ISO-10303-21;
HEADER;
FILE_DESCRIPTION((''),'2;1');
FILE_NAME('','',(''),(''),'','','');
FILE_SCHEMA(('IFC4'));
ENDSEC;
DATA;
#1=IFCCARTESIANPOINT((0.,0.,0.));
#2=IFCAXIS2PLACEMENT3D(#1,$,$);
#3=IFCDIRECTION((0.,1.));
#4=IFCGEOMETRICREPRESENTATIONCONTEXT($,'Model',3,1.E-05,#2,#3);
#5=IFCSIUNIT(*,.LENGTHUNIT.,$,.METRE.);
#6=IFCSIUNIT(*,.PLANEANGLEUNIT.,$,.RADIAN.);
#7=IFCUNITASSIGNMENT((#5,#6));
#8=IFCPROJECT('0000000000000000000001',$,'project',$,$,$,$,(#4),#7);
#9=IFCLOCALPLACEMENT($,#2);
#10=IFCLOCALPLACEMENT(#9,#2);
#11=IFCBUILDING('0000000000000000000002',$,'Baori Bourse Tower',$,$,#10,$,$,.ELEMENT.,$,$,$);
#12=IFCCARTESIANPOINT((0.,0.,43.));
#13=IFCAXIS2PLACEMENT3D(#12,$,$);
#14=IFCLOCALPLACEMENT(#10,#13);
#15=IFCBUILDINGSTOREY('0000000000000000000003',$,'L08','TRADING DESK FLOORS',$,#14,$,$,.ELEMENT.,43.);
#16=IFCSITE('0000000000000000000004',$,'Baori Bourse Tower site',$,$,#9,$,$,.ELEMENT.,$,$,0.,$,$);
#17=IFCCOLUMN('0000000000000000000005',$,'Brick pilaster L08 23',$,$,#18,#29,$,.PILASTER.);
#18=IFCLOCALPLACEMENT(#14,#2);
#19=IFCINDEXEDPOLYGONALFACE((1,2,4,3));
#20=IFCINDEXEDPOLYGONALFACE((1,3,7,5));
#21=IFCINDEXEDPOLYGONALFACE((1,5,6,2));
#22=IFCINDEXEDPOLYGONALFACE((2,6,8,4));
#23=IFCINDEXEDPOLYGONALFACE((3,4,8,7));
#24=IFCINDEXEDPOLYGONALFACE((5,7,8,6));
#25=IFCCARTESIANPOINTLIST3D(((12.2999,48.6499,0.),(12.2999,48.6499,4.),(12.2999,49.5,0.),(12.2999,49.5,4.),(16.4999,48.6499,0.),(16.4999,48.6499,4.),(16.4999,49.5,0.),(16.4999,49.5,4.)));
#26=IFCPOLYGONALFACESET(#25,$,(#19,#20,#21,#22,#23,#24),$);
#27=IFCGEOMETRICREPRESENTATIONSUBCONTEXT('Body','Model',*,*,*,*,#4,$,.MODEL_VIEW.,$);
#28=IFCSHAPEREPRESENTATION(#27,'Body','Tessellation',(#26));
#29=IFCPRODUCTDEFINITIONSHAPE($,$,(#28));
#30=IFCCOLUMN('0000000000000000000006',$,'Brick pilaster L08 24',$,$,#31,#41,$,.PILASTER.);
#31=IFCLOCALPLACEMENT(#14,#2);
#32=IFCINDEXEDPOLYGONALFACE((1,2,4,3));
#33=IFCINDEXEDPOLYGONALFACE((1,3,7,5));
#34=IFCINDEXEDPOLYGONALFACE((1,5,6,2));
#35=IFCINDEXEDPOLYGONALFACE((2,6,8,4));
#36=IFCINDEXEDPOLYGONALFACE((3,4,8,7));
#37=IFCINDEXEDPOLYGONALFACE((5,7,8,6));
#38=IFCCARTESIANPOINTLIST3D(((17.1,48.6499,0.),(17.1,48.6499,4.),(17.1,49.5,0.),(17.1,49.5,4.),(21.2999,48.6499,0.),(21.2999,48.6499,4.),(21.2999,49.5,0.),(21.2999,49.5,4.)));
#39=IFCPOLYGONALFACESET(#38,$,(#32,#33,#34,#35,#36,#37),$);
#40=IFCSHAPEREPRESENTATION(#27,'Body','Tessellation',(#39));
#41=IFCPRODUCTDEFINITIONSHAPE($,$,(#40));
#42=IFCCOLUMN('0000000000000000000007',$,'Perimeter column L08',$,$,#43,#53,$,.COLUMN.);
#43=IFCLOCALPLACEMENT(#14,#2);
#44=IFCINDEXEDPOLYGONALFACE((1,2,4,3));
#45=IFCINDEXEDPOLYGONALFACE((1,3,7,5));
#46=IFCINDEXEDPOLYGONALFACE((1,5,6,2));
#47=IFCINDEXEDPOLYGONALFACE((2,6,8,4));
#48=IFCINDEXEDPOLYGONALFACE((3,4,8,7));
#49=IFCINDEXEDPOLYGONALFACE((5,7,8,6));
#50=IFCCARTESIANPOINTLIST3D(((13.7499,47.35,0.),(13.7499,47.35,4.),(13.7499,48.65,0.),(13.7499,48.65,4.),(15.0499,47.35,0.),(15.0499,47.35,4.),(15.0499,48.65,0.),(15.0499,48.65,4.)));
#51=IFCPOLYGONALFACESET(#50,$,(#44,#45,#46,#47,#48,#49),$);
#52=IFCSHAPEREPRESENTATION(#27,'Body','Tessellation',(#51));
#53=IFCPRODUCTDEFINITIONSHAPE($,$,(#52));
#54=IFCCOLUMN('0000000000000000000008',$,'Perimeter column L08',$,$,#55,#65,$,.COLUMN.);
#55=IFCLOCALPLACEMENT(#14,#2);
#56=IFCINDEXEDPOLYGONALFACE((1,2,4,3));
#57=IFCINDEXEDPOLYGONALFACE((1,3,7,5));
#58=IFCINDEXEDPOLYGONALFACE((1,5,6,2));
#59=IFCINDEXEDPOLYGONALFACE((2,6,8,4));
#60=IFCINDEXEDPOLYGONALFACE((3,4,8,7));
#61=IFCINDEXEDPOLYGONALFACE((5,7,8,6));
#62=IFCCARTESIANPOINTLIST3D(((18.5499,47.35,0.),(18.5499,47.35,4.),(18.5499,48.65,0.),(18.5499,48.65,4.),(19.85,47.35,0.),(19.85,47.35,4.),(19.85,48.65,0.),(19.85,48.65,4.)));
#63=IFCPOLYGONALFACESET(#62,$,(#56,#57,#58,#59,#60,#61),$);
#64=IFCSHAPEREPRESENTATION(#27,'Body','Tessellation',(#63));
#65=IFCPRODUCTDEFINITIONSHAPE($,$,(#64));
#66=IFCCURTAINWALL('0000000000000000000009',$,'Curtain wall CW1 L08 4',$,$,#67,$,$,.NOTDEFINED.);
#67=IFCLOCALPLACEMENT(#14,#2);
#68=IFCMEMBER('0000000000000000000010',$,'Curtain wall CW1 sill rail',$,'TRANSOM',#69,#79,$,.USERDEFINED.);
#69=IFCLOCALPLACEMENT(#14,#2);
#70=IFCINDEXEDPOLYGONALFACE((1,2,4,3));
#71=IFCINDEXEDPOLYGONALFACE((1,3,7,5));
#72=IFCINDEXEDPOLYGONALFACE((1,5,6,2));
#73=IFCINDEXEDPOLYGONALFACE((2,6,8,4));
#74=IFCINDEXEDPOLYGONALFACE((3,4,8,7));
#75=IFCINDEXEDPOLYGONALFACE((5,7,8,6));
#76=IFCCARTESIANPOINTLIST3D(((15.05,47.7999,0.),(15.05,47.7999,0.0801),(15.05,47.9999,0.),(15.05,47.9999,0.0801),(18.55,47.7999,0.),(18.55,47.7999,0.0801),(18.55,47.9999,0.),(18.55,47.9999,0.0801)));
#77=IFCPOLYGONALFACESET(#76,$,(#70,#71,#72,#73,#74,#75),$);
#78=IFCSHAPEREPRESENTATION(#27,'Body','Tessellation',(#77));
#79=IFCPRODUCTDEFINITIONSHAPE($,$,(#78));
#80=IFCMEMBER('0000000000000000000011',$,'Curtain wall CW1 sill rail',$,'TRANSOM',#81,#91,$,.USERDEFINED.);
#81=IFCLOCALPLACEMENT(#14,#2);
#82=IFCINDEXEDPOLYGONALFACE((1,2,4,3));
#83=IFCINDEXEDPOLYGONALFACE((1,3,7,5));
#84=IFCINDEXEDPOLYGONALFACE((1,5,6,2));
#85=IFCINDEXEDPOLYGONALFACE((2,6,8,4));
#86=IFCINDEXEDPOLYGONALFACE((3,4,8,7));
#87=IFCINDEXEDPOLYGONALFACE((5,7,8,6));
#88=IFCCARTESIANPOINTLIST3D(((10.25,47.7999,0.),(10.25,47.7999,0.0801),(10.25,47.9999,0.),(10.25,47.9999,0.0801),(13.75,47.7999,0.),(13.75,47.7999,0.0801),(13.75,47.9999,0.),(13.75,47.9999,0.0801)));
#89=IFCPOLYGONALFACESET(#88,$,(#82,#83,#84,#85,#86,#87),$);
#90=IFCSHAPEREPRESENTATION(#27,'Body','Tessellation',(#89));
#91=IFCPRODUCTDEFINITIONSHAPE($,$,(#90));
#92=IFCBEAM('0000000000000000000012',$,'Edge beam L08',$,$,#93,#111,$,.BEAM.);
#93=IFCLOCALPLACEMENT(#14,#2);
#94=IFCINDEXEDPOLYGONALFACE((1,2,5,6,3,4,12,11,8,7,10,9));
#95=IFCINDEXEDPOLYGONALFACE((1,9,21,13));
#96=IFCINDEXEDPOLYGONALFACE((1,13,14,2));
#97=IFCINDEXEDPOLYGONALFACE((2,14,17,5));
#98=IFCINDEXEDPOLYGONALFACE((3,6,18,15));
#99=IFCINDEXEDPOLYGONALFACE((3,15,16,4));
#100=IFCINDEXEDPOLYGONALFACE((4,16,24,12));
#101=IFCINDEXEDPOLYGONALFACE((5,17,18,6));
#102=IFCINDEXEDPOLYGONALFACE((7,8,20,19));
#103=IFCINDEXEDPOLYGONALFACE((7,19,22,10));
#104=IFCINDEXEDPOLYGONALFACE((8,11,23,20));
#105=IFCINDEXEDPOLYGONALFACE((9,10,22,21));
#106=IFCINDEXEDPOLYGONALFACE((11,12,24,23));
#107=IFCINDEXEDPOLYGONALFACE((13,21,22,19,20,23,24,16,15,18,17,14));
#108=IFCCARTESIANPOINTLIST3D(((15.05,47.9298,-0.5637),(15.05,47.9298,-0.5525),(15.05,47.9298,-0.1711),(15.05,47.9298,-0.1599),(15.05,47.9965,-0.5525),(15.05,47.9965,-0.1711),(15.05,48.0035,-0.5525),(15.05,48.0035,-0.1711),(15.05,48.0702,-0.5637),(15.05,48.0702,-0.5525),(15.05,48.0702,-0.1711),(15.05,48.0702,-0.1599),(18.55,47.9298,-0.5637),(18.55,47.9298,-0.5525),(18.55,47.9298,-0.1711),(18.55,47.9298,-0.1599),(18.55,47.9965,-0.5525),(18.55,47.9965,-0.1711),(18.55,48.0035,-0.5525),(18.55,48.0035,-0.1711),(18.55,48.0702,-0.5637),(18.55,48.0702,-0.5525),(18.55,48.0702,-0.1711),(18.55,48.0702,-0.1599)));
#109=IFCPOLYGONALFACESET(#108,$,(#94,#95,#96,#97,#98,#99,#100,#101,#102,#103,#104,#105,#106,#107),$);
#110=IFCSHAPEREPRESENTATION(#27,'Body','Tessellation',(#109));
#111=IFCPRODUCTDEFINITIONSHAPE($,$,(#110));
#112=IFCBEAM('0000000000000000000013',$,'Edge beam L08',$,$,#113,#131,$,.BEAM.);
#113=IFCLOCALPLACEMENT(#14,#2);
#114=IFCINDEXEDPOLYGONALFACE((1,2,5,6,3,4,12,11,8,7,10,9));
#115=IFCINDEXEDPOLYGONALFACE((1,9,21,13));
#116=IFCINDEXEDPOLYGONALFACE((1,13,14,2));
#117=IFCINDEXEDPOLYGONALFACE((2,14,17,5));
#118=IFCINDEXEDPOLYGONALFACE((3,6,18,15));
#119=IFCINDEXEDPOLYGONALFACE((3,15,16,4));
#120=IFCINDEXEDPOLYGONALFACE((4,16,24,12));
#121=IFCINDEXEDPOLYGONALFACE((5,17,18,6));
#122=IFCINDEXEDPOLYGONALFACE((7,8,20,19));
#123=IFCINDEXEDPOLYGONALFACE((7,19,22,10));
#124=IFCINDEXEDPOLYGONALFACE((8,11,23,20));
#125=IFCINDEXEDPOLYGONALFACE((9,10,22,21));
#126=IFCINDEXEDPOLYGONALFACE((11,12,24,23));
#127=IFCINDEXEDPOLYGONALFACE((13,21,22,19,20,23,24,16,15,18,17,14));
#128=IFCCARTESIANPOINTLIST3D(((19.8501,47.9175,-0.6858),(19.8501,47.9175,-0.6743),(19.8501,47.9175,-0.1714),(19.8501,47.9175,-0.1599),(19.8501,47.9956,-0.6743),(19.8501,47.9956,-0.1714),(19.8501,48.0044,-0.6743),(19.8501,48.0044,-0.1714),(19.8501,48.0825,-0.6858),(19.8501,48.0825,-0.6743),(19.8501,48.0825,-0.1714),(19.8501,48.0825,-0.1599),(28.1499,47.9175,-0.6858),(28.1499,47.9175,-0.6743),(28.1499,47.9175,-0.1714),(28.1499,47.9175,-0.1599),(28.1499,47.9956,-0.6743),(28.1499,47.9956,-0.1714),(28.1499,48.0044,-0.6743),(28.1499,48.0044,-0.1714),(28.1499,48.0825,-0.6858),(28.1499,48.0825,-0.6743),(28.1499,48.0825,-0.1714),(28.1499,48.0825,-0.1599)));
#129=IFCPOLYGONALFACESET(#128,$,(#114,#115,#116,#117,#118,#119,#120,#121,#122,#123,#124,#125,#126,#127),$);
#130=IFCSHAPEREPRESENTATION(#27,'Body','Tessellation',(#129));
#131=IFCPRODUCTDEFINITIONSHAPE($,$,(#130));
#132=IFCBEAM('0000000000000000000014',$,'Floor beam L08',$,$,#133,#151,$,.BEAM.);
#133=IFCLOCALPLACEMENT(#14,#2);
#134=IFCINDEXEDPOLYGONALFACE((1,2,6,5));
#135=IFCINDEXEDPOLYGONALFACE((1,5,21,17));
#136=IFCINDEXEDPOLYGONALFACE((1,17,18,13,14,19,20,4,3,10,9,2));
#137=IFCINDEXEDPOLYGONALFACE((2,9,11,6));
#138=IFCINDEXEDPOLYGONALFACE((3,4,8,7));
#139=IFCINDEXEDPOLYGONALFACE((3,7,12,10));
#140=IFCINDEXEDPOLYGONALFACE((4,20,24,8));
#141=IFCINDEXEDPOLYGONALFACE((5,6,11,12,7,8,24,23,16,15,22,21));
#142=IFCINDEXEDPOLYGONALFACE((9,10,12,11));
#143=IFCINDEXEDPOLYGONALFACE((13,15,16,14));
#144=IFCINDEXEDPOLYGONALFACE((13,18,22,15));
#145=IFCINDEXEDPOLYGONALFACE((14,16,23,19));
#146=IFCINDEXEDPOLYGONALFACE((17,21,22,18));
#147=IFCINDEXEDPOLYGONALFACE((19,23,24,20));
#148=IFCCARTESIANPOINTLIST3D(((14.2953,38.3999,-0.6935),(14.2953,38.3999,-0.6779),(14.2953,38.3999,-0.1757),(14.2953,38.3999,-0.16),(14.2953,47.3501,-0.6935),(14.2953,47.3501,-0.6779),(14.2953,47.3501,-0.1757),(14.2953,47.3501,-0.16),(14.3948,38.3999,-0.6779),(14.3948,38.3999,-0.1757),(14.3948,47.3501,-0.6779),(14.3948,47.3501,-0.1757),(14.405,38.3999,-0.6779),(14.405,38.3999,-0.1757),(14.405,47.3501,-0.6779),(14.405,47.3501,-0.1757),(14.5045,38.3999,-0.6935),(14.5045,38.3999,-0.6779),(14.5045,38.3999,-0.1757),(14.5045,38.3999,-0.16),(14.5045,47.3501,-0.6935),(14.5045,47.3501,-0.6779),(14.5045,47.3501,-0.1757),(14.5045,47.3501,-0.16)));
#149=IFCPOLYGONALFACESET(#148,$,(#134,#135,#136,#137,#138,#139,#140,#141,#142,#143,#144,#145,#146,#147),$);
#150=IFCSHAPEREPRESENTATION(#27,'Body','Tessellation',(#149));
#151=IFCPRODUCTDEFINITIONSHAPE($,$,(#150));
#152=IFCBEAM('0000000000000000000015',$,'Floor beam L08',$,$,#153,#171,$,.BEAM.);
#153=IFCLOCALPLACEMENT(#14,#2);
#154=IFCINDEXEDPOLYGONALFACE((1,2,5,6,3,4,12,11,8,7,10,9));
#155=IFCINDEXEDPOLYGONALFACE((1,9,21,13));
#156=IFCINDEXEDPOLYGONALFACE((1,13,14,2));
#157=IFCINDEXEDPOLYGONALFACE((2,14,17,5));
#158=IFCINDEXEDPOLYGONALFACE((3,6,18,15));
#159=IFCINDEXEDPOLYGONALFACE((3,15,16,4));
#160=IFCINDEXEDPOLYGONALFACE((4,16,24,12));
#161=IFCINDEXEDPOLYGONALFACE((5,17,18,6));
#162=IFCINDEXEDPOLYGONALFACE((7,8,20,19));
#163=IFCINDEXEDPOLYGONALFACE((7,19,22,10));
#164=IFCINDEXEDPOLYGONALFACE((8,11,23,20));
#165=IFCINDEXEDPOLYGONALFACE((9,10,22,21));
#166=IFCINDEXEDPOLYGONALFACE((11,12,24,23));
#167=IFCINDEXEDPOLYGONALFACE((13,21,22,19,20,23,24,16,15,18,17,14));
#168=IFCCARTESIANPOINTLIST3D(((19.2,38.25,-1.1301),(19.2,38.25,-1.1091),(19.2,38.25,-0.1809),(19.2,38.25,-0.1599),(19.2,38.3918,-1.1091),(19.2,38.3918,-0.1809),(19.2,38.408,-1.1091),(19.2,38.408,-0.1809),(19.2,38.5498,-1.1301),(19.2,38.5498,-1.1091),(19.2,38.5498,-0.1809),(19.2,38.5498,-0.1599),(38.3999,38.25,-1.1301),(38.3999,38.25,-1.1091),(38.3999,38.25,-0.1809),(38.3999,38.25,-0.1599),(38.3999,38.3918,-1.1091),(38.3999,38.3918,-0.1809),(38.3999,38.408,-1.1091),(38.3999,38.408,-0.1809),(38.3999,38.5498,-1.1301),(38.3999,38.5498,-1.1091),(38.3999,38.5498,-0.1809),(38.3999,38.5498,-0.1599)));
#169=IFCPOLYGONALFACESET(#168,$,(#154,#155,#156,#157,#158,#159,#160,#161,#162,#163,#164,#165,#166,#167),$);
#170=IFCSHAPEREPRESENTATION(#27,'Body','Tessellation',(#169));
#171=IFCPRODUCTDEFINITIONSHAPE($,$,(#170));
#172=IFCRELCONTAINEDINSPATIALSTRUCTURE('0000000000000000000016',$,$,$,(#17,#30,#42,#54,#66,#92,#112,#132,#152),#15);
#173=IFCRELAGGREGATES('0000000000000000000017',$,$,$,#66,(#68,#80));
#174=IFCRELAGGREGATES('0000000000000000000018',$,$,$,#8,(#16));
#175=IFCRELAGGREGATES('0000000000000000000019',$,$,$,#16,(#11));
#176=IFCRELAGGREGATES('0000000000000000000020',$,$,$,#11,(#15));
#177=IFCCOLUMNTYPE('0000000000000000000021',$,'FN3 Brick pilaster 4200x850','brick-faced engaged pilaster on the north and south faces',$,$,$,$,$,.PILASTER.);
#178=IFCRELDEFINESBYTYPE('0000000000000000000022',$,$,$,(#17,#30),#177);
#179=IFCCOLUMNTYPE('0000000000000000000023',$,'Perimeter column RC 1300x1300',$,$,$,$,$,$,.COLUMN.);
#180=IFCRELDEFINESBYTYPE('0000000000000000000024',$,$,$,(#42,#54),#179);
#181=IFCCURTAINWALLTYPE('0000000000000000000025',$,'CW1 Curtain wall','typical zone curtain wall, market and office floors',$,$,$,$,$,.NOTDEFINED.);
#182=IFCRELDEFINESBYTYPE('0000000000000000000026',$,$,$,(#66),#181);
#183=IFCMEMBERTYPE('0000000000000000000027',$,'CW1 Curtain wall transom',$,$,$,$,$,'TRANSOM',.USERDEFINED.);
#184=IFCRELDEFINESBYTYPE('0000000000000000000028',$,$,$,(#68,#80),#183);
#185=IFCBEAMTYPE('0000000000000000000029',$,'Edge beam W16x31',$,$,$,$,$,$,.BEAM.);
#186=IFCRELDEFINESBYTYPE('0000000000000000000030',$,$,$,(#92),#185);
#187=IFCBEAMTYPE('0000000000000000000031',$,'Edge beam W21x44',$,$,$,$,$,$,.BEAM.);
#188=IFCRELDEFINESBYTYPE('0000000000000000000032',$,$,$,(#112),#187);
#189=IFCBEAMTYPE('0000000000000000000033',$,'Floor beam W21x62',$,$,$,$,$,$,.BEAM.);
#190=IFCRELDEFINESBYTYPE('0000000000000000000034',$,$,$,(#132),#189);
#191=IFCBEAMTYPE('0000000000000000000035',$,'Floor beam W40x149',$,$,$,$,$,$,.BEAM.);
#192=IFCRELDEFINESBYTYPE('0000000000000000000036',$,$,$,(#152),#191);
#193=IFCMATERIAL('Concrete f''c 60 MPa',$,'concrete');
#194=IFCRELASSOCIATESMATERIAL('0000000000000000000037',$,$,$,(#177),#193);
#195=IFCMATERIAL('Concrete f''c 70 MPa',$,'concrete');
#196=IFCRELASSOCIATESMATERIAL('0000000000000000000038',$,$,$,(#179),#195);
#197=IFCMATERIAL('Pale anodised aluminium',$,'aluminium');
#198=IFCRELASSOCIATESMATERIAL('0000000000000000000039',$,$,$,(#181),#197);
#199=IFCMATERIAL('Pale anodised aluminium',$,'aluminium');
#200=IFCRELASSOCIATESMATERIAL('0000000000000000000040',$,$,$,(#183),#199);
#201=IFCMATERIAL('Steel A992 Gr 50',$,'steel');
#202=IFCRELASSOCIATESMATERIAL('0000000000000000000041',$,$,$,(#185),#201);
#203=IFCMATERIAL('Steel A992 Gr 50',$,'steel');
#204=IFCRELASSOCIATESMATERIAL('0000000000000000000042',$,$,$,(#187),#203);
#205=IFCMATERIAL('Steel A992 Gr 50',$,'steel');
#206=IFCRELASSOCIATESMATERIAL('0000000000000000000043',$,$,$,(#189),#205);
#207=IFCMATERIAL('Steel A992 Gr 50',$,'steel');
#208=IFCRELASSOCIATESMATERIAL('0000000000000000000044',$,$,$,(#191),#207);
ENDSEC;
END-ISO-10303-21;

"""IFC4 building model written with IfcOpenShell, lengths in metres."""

from ifc_helpers import new_model, si_unit, direction, frame, origin, origin_2d, place, context, subcontext, project, spatial, rectangle, i_section, extrude, material, material_profile, profile_set, type_object, element, aggregate, save


model = new_model("IFC4")

# Units and contexts
model_context = context("Model", 3, precision=1e-05, world=origin(), true_north=direction((0.0, 1.0)))
body_context = subcontext(model_context, "Body", "Model", "MODEL_VIEW")
ifc_project = project(units=[si_unit("LENGTHUNIT", "METRE"), si_unit("PLANEANGLEUNIT", "RADIAN")], contexts=[model_context])

# Site, building, storey
site_placement = place(None, origin())
site = spatial("IfcSite", under=ifc_project, at=site_placement, Name="Baori Bourse Tower site", CompositionType="ELEMENT", RefElevation=0.0)
building_placement = place(site_placement, origin())
building = spatial("IfcBuilding", under=site, at=building_placement, Name="Baori Bourse Tower", CompositionType="ELEMENT")
storey_placement = place(building_placement, frame((0.0, 0.0, 43.0)))
storey = spatial("IfcBuildingStorey", under=building, at=storey_placement, Name="L08", Description="TRADING DESK FLOORS", CompositionType="ELEMENT", Elevation=43.0)

# Columns
ifc_material_1 = material(Name="Concrete f'c 60 MPa", Category="concrete")
ifc_material_profile_1 = material_profile(ifc_material_1, rectangle(XDim=4.2, YDim=0.8501, at=origin_2d()), Name="RC 4200x850")
ifc_profile_set_1 = profile_set([ifc_material_profile_1], Name="Concrete f'c 60 MPa")
column_type_1 = type_object("IfcColumnType", Name="FN3 Brick pilaster 4200x850", Description="brick-faced engaged pilaster on the north and south faces", PredefinedType="PILASTER", material=ifc_profile_set_1)
for number, where, z_axis, x_axis, name in (
    (1, (14.3999, 49.075, 0.0), (0.0, 0.0, 1.0), (1.0, 0.0, 0.0), "Brick pilaster L08 23"),
    (2, (19.2, 49.075, 0.0), (0.0, 0.0, 1.0), (1.0, 0.0, 0.0), "Brick pilaster L08 24"),
):
    element("IfcColumn", number, at=place(storey_placement, frame(where, z_axis=z_axis, x_axis=x_axis)), inside=storey, type_object=column_type_1, Name=name, PredefinedType="PILASTER", context=body_context, shape_type="SweptSolid", body=[
        extrude(rectangle(XDim=4.2, YDim=0.8501, at=origin_2d()), origin(), (0.0, 0.0, 1.0), 4.0),
    ])
ifc_material_2 = material(Name="Concrete f'c 70 MPa", Category="concrete")
ifc_material_profile_2 = material_profile(ifc_material_2, rectangle(XDim=1.3, YDim=1.3, at=origin_2d()), Name="RC 1300x1300")
ifc_profile_set_2 = profile_set([ifc_material_profile_2], Name="Concrete f'c 70 MPa")
column_type_2 = type_object("IfcColumnType", Name="Perimeter column RC 1300x1300", PredefinedType="COLUMN", material=ifc_profile_set_2)
for number, where, z_axis, x_axis, name in (
    (3, (14.3999, 48.0, 0.0), (0.0, 0.0, 1.0), (1.0, 0.0, 0.0), "Perimeter column L08"),
    (4, (19.2, 48.0, 0.0), (0.0, 0.0, 1.0), (1.0, 0.0, 0.0), "Perimeter column L08"),
):
    element("IfcColumn", number, at=place(storey_placement, frame(where, z_axis=z_axis, x_axis=x_axis)), inside=storey, type_object=column_type_2, Name=name, PredefinedType="COLUMN", context=body_context, shape_type="SweptSolid", body=[
        extrude(rectangle(XDim=1.3, YDim=1.3, at=origin_2d()), origin(), (0.0, 0.0, 1.0), 4.0),
    ])

# Curtain wall, members
ifc_material_3 = material(Name="Pale anodised aluminium", Category="aluminium")
curtain_wall_type = type_object("IfcCurtainWallType", Name="CW1 Curtain wall", Description="typical zone curtain wall, market and office floors", PredefinedType="NOTDEFINED", material=ifc_material_3)
curtain_wall_placement = place(storey_placement, origin())
curtain_wall = element("IfcCurtainWall", 5, at=curtain_wall_placement, inside=storey, type_object=curtain_wall_type, Name="Curtain wall CW1 L08 4", PredefinedType="NOTDEFINED")
ifc_material_4 = material(Name="Pale anodised aluminium", Category="aluminium")
ifc_material_profile_3 = material_profile(ifc_material_4, rectangle(XDim=0.2, YDim=0.0801, at=origin_2d()), Name="Transom 80x200")
ifc_profile_set_3 = profile_set([ifc_material_profile_3], Name="Pale anodised aluminium")
member_type = type_object("IfcMemberType", Name="CW1 Curtain wall transom", ElementType="TRANSOM", PredefinedType="USERDEFINED", material=ifc_profile_set_3)
member_1_placement = place(storey_placement, frame((18.55, 47.8999, 0.04), z_axis=(-1.0, 0.0, 0.0), x_axis=(0.0, -1.0, 0.0)))
member_1 = element("IfcMember", 6, at=member_1_placement, type_object=member_type, Name="Curtain wall CW1 sill rail", ObjectType="TRANSOM", PredefinedType="USERDEFINED", context=body_context, shape_type="SweptSolid", body=[
    extrude(rectangle(XDim=0.2, YDim=0.0801, at=origin_2d()), origin(), (0.0, 0.0, 1.0), 3.5),
])
member_2_placement = place(storey_placement, frame((13.75, 47.8999, 0.04), z_axis=(-1.0, 0.0, 0.0), x_axis=(0.0, -1.0, 0.0)))
member_2 = element("IfcMember", 7, at=member_2_placement, type_object=member_type, Name="Curtain wall CW1 sill rail", ObjectType="TRANSOM", PredefinedType="USERDEFINED", context=body_context, shape_type="SweptSolid", body=[
    extrude(rectangle(XDim=0.2, YDim=0.0801, at=origin_2d()), origin(), (0.0, 0.0, 1.0), 3.5),
])

# Beams
ifc_material_5 = material(Name="Steel A992 Gr 50", Category="steel")
ifc_material_profile_4 = material_profile(ifc_material_5, i_section(OverallWidth=0.1404, OverallDepth=0.4038, WebThickness=0.0071, FlangeThickness=0.0112, at=origin_2d()), Name="W16x31")
ifc_profile_set_4 = profile_set([ifc_material_profile_4], Name="Steel A992 Gr 50")
beam_type_1 = type_object("IfcBeamType", Name="Edge beam W16x31", PredefinedType="BEAM", material=ifc_profile_set_4)
beam_1_placement = place(storey_placement, frame((15.05, 48.0, -0.3618), z_axis=(1.0, 0.0, 0.0), x_axis=(0.0, 1.0, 0.0)))
element("IfcBeam", 8, at=beam_1_placement, inside=storey, type_object=beam_type_1, Name="Edge beam L08", PredefinedType="BEAM", context=body_context, shape_type="SweptSolid", body=[
    extrude(i_section(OverallWidth=0.1404, OverallDepth=0.4038, WebThickness=0.0071, FlangeThickness=0.0112, at=origin_2d()), origin(), (0.0, 0.0, 1.0), 3.5),
])
ifc_material_6 = material(Name="Steel A992 Gr 50", Category="steel")
ifc_material_profile_5 = material_profile(ifc_material_6, i_section(OverallWidth=0.165, OverallDepth=0.5259, WebThickness=0.0088, FlangeThickness=0.0115, at=origin_2d()), Name="W21x44")
ifc_profile_set_5 = profile_set([ifc_material_profile_5], Name="Steel A992 Gr 50")
beam_type_2 = type_object("IfcBeamType", Name="Edge beam W21x44", PredefinedType="BEAM", material=ifc_profile_set_5)
beam_2_placement = place(storey_placement, frame((19.8501, 48.0, -0.4229), z_axis=(1.0, 0.0, 0.0), x_axis=(0.0, 1.0, 0.0)))
element("IfcBeam", 9, at=beam_2_placement, inside=storey, type_object=beam_type_2, Name="Edge beam L08", PredefinedType="BEAM", context=body_context, shape_type="SweptSolid", body=[
    extrude(i_section(OverallWidth=0.165, OverallDepth=0.5259, WebThickness=0.0088, FlangeThickness=0.0115, at=origin_2d()), origin(), (0.0, 0.0, 1.0), 8.2998),
])
ifc_material_7 = material(Name="Steel A992 Gr 50", Category="steel")
ifc_material_profile_6 = material_profile(ifc_material_7, i_section(OverallWidth=0.2092, OverallDepth=0.5334, WebThickness=0.0103, FlangeThickness=0.0156, at=origin_2d()), Name="W21x62")
ifc_profile_set_6 = profile_set([ifc_material_profile_6], Name="Steel A992 Gr 50")
beam_type_3 = type_object("IfcBeamType", Name="Floor beam W21x62", PredefinedType="BEAM", material=ifc_profile_set_6)
beam_3_placement = place(storey_placement, frame((14.3999, 38.3999, -0.4268), z_axis=(0.0, 1.0, 0.0), x_axis=(-1.0, 0.0, 0.0)))
element("IfcBeam", 10, at=beam_3_placement, inside=storey, type_object=beam_type_3, Name="Floor beam L08", PredefinedType="BEAM", context=body_context, shape_type="SweptSolid", body=[
    extrude(i_section(OverallWidth=0.2092, OverallDepth=0.5334, WebThickness=0.0103, FlangeThickness=0.0156, at=origin_2d()), origin(), (0.0, 0.0, 1.0), 8.9502),
])
ifc_material_8 = material(Name="Steel A992 Gr 50", Category="steel")
ifc_material_profile_7 = material_profile(ifc_material_8, i_section(OverallWidth=0.2998, OverallDepth=0.9702, WebThickness=0.0161, FlangeThickness=0.021, at=origin_2d()), Name="W40x149")
ifc_profile_set_7 = profile_set([ifc_material_profile_7], Name="Steel A992 Gr 50")
beam_type_4 = type_object("IfcBeamType", Name="Floor beam W40x149", PredefinedType="BEAM", material=ifc_profile_set_7)
beam_4_placement = place(storey_placement, frame((19.2, 38.3999, -0.645), z_axis=(1.0, 0.0, 0.0), x_axis=(0.0, 1.0, 0.0)))
element("IfcBeam", 11, at=beam_4_placement, inside=storey, type_object=beam_type_4, Name="Floor beam L08", PredefinedType="BEAM", context=body_context, shape_type="SweptSolid", body=[
    extrude(i_section(OverallWidth=0.2998, OverallDepth=0.9702, WebThickness=0.0161, FlangeThickness=0.021, at=origin_2d()), origin(), (0.0, 0.0, 1.0), 19.2),
])

aggregate(curtain_wall, [member_1, member_2])

save(model, "model.ifc")
